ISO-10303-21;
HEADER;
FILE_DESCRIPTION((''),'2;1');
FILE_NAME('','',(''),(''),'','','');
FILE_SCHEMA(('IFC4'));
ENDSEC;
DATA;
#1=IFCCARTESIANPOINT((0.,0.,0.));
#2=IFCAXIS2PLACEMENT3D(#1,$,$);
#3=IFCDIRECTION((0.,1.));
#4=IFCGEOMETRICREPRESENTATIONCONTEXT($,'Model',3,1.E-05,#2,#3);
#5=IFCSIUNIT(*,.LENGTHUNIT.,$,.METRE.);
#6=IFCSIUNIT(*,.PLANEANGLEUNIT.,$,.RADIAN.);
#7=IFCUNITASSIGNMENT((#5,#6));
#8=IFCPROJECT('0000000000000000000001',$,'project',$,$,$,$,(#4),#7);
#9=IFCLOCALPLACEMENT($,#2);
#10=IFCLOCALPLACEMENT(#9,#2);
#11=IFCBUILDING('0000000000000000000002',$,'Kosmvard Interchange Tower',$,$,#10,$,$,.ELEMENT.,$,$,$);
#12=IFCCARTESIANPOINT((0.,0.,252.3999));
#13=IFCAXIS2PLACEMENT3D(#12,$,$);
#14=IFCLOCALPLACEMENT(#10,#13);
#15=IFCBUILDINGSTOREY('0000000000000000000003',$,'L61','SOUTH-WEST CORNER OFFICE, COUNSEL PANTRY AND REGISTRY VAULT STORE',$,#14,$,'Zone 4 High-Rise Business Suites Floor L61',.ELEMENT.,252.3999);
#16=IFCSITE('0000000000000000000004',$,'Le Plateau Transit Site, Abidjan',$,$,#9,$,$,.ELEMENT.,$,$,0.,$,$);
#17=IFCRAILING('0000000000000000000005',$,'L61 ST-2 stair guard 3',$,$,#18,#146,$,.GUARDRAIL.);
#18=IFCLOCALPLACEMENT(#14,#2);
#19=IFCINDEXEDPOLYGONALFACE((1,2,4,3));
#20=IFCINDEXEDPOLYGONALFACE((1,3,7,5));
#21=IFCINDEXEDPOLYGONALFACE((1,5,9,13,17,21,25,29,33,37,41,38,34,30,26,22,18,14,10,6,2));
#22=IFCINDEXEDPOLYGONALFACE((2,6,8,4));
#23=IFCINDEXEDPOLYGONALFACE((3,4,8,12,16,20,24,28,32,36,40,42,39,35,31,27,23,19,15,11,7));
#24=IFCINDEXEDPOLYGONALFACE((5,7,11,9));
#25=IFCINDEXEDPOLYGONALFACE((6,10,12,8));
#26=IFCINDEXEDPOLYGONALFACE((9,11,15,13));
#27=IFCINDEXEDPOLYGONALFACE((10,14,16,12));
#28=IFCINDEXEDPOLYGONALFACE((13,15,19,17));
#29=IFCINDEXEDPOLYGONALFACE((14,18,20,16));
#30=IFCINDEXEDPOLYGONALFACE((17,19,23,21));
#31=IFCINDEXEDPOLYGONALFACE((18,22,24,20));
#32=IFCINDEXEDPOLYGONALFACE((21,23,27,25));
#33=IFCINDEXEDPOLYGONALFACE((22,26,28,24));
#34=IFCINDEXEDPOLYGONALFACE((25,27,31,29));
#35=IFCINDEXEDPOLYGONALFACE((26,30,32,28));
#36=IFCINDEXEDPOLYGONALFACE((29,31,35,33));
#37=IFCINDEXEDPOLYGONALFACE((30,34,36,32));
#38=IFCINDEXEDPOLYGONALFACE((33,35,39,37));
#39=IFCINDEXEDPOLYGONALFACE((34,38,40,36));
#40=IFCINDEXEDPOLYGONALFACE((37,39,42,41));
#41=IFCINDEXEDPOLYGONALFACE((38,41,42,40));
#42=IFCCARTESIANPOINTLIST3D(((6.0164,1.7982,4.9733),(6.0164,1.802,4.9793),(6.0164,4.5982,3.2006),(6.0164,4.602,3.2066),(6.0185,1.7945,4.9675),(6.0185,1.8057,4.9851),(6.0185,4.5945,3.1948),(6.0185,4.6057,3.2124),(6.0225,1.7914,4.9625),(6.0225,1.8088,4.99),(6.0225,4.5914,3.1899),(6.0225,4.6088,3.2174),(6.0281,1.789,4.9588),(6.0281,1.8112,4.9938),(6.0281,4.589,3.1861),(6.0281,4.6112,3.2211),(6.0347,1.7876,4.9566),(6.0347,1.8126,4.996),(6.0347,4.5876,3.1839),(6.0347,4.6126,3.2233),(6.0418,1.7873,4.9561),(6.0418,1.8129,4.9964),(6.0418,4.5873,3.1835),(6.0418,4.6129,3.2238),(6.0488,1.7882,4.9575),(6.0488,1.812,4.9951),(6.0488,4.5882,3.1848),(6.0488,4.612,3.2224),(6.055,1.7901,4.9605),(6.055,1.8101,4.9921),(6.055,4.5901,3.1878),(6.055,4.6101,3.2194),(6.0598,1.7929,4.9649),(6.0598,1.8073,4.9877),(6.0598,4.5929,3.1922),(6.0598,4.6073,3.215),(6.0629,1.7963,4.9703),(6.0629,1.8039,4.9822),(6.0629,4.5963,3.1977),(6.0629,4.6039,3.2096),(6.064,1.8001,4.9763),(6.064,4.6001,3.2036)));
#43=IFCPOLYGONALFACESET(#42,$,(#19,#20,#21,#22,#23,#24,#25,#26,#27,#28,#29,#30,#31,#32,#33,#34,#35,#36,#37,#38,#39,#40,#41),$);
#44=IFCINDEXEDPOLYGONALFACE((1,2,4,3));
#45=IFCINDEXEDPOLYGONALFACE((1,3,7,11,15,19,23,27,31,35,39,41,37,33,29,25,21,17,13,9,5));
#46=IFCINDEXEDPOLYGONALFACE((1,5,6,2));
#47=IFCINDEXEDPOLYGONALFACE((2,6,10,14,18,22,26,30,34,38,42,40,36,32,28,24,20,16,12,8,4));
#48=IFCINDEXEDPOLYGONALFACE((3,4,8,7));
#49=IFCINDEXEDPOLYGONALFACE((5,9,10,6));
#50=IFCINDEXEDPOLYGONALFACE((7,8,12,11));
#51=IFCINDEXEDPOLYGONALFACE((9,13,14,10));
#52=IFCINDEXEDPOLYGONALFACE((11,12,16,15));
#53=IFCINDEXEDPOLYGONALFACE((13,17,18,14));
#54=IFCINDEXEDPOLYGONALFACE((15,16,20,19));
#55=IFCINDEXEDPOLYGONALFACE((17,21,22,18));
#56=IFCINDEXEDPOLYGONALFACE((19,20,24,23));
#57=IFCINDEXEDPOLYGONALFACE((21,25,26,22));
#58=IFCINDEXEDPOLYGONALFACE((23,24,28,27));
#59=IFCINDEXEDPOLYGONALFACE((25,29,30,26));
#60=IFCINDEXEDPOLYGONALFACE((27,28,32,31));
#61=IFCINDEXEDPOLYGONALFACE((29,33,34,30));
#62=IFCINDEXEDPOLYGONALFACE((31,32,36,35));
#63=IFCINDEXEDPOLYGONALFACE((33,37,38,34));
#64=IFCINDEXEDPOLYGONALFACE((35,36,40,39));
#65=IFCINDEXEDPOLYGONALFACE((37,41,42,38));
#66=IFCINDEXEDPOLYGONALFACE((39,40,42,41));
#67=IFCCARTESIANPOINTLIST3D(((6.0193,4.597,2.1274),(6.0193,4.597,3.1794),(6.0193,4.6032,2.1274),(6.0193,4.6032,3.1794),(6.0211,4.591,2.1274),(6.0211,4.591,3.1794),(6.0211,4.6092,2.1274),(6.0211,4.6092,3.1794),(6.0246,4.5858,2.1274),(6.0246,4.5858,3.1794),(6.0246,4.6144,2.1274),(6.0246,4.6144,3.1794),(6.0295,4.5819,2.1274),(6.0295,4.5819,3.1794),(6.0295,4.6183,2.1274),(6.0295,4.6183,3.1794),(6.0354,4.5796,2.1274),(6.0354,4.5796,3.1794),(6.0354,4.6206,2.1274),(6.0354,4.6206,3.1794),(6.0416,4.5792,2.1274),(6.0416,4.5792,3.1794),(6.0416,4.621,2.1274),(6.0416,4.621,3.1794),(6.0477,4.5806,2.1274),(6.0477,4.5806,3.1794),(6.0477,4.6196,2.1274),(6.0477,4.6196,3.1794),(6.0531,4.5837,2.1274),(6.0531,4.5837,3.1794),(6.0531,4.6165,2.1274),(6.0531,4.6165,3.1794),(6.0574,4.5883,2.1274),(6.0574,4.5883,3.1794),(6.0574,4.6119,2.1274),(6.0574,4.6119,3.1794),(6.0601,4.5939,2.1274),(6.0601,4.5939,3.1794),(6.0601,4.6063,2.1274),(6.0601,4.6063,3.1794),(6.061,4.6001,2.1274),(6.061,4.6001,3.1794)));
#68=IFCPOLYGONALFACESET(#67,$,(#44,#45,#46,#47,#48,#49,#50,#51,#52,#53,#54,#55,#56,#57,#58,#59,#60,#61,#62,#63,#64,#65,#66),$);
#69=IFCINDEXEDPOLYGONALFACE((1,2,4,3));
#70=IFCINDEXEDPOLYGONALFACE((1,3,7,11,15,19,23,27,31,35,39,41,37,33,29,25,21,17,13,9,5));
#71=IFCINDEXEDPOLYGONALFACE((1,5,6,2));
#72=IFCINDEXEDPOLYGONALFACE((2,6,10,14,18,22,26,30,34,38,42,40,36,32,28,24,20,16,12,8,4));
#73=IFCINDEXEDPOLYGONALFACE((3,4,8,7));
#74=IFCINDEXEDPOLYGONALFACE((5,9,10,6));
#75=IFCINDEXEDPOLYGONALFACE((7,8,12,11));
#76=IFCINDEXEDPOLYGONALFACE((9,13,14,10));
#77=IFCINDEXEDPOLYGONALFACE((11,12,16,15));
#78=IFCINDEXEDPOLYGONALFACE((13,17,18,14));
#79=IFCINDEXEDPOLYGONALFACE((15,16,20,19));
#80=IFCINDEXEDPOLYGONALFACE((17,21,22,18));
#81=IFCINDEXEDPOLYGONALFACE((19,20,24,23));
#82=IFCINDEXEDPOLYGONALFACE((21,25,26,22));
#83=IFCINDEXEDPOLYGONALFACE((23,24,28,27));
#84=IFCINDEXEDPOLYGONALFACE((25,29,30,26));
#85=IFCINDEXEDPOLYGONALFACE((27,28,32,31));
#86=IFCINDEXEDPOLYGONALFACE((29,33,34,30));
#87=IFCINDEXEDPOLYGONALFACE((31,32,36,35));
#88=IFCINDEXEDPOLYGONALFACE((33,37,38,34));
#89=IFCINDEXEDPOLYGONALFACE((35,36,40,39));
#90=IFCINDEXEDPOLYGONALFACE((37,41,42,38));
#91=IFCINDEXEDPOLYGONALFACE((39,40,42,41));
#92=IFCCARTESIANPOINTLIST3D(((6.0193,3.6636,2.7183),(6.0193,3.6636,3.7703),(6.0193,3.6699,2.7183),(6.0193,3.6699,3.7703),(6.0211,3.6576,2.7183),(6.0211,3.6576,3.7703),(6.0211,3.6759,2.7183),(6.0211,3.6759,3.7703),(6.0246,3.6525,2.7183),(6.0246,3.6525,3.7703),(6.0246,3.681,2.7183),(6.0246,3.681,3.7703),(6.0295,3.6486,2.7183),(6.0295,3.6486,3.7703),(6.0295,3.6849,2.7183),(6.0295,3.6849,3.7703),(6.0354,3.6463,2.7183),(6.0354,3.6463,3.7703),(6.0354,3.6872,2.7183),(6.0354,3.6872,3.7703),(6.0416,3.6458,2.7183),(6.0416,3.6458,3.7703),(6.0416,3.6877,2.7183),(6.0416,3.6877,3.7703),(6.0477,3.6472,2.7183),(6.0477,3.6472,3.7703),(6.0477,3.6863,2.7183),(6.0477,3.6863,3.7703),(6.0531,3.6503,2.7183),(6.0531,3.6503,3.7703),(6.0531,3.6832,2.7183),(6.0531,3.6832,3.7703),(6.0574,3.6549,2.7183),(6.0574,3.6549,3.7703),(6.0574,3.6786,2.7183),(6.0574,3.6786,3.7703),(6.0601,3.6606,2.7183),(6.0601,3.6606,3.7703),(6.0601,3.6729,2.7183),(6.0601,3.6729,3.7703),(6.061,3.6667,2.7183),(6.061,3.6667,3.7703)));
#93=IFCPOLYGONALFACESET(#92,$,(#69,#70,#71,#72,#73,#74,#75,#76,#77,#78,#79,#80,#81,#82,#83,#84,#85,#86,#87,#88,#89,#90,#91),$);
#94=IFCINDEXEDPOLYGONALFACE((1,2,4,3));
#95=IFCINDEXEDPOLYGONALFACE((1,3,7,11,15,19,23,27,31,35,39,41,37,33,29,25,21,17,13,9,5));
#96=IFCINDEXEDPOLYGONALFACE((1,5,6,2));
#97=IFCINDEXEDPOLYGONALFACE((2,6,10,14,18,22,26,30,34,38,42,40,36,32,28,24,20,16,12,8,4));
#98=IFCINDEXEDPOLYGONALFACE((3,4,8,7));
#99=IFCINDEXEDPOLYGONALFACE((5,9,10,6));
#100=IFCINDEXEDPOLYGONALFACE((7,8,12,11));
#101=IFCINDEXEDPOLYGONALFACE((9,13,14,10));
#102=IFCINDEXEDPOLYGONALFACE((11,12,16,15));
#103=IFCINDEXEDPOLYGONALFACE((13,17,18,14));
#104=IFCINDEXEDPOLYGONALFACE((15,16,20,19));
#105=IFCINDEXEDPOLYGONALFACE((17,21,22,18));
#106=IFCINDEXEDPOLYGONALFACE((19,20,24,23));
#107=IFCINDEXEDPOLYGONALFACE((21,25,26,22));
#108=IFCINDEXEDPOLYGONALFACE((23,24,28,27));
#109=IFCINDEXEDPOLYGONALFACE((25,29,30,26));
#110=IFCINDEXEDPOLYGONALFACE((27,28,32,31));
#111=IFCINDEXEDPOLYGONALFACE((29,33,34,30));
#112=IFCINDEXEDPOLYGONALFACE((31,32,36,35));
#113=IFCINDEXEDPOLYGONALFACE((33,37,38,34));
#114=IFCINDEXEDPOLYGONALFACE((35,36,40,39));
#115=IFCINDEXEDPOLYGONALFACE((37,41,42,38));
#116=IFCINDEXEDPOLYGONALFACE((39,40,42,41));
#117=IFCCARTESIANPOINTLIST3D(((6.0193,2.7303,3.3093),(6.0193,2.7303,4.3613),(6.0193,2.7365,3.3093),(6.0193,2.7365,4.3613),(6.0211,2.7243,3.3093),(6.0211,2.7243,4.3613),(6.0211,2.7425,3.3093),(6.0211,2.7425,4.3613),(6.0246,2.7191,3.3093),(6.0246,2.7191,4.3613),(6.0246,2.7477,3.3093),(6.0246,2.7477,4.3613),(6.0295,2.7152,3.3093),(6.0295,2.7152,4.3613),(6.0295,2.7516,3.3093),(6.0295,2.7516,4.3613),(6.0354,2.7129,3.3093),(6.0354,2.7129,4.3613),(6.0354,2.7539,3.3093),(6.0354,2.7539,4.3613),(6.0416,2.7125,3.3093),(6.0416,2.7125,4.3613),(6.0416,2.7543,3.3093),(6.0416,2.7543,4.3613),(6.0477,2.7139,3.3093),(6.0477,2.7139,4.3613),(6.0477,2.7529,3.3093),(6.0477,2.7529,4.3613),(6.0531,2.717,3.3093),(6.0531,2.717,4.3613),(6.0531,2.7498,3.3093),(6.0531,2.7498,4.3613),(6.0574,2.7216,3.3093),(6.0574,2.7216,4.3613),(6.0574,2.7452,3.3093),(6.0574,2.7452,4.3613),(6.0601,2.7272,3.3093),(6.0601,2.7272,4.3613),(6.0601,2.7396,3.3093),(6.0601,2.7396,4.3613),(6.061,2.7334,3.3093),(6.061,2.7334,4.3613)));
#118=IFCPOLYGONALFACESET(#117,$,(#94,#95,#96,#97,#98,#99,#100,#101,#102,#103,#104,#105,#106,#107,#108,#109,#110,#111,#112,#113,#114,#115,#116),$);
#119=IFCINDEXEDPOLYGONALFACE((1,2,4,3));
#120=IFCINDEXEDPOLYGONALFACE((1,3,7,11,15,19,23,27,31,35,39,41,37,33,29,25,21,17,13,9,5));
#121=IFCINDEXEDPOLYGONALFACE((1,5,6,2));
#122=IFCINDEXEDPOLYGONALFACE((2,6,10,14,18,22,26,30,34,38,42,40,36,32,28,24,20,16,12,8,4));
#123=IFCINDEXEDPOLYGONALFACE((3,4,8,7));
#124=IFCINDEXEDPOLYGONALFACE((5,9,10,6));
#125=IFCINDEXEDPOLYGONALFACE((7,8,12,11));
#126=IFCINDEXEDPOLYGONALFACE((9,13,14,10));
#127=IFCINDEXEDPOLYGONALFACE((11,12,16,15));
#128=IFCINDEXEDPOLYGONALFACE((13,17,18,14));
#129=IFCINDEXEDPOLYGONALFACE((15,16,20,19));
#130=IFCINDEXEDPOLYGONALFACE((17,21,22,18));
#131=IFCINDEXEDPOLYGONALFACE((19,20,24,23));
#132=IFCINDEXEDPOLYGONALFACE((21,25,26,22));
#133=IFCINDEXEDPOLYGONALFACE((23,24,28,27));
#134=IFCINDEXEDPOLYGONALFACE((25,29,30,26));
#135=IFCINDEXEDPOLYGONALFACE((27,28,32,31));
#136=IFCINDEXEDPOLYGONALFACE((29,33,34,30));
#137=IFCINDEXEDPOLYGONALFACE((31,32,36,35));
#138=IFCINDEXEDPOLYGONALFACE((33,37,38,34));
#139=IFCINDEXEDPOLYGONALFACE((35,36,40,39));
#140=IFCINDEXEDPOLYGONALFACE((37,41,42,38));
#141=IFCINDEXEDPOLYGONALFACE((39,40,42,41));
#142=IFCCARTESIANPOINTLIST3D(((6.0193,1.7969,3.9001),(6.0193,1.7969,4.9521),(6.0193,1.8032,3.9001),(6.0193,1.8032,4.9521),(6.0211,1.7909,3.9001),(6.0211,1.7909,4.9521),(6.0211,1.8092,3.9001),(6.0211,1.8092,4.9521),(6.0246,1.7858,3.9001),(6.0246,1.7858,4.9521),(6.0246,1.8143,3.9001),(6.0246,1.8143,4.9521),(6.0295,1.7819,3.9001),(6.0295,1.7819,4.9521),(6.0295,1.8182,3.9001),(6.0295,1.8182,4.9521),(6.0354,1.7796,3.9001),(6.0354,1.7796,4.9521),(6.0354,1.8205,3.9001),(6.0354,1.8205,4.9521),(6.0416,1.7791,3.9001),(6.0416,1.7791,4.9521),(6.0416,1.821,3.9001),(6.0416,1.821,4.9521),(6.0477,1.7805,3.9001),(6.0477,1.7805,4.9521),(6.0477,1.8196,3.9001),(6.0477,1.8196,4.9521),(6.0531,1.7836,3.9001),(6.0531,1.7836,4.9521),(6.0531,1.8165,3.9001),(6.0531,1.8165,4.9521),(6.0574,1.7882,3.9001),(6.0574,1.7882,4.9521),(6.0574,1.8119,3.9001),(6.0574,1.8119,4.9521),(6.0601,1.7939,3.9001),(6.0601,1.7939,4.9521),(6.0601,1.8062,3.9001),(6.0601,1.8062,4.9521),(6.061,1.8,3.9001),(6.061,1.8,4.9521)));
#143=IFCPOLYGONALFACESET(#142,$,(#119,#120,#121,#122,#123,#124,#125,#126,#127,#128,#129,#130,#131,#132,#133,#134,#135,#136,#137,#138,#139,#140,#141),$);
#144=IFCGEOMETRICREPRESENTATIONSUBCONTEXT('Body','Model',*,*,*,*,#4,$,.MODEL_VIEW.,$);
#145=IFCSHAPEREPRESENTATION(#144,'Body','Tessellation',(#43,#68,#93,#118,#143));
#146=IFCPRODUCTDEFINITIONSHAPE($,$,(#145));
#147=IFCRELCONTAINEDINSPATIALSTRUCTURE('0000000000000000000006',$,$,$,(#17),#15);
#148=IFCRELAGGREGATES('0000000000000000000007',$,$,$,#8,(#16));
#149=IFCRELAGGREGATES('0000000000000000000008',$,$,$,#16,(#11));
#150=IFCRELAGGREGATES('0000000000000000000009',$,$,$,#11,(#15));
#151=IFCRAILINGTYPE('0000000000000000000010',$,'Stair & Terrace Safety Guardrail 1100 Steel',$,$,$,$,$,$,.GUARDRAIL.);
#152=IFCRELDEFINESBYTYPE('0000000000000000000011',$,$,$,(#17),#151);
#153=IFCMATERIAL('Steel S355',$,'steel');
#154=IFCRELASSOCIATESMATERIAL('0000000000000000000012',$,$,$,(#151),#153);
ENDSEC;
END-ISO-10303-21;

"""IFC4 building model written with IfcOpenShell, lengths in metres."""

from ifc_helpers import new_model, si_unit, direction, frame, origin, origin_2d, place, context, subcontext, project, spatial, circle, extrude, source, transform, mapped, material, type_object, element, save


model = new_model("IFC4")

# Units and contexts
model_context = context("Model", 3, precision=1e-05, world=origin(), true_north=direction((0.0, 1.0)))
body_context = subcontext(model_context, "Body", "Model", "MODEL_VIEW")
ifc_project = project(units=[si_unit("LENGTHUNIT", "METRE"), si_unit("PLANEANGLEUNIT", "RADIAN")], contexts=[model_context])

# Site, building, storey
site_placement = place(None, origin())
site = spatial("IfcSite", under=ifc_project, at=site_placement, Name="Le Plateau Transit Site, Abidjan", CompositionType="ELEMENT", RefElevation=0.0)
building_placement = place(site_placement, origin())
building = spatial("IfcBuilding", under=site, at=building_placement, Name="Kosmvard Interchange Tower", CompositionType="ELEMENT")
storey_placement = place(building_placement, frame((0.0, 0.0, 252.3999)))
storey = spatial("IfcBuildingStorey", under=building, at=storey_placement, Name="L61", Description="SOUTH-WEST CORNER OFFICE, COUNSEL PANTRY AND REGISTRY VAULT STORE", LongName="Zone 4 High-Rise Business Suites Floor L61", CompositionType="ELEMENT", Elevation=252.3999)

# Shared definitions
ifc_material_1 = material(Name="Steel S355", Category="steel")

# Railing
railing_type_1 = type_object("IfcRailingType", Name="Stair & Terrace Safety Guardrail 1100 Steel", PredefinedType="GUARDRAIL", material=ifc_material_1)
shared_shape_1 = source(origin(), body_context, "Body", "SweptSolid", [
    extrude(circle(Radius=0.0239, at=origin_2d()), frame((0.0, 0.0, 1.0762), z_axis=(0.0, -0.844909, 0.53491), x_axis=(1.0, 0.0, 0.0)), (0.0, 0.0, 1.0), 3.314),
    extrude(circle(Radius=0.021, at=origin_2d()), origin(), (0.0, 0.0, 1.0), 1.052),
    extrude(circle(Radius=0.021, at=origin_2d()), frame((0.0, -0.9333, 0.5908)), (0.0, 0.0, 1.0), 1.052),
    extrude(circle(Radius=0.021, at=origin_2d()), frame((0.0, -1.8667, 1.1819)), (0.0, 0.0, 1.0), 1.052),
    extrude(circle(Radius=0.021, at=origin_2d()), frame((0.0, -2.8, 1.7727)), (0.0, 0.0, 1.0), 1.052),
])
railing_1_placement = place(storey_placement, frame((6.04, 4.6001, 2.1274)))
element("IfcRailing", 1, at=railing_1_placement, inside=storey, type_object=railing_type_1, Name="L61 ST-2 stair guard 3", PredefinedType="GUARDRAIL", context=body_context, shape_type="MappedRepresentation", body=[
    mapped(shared_shape_1, transform((0.0, 0.0, 0.0), scale=1.0)),
])

save(model, "model.ifc")
